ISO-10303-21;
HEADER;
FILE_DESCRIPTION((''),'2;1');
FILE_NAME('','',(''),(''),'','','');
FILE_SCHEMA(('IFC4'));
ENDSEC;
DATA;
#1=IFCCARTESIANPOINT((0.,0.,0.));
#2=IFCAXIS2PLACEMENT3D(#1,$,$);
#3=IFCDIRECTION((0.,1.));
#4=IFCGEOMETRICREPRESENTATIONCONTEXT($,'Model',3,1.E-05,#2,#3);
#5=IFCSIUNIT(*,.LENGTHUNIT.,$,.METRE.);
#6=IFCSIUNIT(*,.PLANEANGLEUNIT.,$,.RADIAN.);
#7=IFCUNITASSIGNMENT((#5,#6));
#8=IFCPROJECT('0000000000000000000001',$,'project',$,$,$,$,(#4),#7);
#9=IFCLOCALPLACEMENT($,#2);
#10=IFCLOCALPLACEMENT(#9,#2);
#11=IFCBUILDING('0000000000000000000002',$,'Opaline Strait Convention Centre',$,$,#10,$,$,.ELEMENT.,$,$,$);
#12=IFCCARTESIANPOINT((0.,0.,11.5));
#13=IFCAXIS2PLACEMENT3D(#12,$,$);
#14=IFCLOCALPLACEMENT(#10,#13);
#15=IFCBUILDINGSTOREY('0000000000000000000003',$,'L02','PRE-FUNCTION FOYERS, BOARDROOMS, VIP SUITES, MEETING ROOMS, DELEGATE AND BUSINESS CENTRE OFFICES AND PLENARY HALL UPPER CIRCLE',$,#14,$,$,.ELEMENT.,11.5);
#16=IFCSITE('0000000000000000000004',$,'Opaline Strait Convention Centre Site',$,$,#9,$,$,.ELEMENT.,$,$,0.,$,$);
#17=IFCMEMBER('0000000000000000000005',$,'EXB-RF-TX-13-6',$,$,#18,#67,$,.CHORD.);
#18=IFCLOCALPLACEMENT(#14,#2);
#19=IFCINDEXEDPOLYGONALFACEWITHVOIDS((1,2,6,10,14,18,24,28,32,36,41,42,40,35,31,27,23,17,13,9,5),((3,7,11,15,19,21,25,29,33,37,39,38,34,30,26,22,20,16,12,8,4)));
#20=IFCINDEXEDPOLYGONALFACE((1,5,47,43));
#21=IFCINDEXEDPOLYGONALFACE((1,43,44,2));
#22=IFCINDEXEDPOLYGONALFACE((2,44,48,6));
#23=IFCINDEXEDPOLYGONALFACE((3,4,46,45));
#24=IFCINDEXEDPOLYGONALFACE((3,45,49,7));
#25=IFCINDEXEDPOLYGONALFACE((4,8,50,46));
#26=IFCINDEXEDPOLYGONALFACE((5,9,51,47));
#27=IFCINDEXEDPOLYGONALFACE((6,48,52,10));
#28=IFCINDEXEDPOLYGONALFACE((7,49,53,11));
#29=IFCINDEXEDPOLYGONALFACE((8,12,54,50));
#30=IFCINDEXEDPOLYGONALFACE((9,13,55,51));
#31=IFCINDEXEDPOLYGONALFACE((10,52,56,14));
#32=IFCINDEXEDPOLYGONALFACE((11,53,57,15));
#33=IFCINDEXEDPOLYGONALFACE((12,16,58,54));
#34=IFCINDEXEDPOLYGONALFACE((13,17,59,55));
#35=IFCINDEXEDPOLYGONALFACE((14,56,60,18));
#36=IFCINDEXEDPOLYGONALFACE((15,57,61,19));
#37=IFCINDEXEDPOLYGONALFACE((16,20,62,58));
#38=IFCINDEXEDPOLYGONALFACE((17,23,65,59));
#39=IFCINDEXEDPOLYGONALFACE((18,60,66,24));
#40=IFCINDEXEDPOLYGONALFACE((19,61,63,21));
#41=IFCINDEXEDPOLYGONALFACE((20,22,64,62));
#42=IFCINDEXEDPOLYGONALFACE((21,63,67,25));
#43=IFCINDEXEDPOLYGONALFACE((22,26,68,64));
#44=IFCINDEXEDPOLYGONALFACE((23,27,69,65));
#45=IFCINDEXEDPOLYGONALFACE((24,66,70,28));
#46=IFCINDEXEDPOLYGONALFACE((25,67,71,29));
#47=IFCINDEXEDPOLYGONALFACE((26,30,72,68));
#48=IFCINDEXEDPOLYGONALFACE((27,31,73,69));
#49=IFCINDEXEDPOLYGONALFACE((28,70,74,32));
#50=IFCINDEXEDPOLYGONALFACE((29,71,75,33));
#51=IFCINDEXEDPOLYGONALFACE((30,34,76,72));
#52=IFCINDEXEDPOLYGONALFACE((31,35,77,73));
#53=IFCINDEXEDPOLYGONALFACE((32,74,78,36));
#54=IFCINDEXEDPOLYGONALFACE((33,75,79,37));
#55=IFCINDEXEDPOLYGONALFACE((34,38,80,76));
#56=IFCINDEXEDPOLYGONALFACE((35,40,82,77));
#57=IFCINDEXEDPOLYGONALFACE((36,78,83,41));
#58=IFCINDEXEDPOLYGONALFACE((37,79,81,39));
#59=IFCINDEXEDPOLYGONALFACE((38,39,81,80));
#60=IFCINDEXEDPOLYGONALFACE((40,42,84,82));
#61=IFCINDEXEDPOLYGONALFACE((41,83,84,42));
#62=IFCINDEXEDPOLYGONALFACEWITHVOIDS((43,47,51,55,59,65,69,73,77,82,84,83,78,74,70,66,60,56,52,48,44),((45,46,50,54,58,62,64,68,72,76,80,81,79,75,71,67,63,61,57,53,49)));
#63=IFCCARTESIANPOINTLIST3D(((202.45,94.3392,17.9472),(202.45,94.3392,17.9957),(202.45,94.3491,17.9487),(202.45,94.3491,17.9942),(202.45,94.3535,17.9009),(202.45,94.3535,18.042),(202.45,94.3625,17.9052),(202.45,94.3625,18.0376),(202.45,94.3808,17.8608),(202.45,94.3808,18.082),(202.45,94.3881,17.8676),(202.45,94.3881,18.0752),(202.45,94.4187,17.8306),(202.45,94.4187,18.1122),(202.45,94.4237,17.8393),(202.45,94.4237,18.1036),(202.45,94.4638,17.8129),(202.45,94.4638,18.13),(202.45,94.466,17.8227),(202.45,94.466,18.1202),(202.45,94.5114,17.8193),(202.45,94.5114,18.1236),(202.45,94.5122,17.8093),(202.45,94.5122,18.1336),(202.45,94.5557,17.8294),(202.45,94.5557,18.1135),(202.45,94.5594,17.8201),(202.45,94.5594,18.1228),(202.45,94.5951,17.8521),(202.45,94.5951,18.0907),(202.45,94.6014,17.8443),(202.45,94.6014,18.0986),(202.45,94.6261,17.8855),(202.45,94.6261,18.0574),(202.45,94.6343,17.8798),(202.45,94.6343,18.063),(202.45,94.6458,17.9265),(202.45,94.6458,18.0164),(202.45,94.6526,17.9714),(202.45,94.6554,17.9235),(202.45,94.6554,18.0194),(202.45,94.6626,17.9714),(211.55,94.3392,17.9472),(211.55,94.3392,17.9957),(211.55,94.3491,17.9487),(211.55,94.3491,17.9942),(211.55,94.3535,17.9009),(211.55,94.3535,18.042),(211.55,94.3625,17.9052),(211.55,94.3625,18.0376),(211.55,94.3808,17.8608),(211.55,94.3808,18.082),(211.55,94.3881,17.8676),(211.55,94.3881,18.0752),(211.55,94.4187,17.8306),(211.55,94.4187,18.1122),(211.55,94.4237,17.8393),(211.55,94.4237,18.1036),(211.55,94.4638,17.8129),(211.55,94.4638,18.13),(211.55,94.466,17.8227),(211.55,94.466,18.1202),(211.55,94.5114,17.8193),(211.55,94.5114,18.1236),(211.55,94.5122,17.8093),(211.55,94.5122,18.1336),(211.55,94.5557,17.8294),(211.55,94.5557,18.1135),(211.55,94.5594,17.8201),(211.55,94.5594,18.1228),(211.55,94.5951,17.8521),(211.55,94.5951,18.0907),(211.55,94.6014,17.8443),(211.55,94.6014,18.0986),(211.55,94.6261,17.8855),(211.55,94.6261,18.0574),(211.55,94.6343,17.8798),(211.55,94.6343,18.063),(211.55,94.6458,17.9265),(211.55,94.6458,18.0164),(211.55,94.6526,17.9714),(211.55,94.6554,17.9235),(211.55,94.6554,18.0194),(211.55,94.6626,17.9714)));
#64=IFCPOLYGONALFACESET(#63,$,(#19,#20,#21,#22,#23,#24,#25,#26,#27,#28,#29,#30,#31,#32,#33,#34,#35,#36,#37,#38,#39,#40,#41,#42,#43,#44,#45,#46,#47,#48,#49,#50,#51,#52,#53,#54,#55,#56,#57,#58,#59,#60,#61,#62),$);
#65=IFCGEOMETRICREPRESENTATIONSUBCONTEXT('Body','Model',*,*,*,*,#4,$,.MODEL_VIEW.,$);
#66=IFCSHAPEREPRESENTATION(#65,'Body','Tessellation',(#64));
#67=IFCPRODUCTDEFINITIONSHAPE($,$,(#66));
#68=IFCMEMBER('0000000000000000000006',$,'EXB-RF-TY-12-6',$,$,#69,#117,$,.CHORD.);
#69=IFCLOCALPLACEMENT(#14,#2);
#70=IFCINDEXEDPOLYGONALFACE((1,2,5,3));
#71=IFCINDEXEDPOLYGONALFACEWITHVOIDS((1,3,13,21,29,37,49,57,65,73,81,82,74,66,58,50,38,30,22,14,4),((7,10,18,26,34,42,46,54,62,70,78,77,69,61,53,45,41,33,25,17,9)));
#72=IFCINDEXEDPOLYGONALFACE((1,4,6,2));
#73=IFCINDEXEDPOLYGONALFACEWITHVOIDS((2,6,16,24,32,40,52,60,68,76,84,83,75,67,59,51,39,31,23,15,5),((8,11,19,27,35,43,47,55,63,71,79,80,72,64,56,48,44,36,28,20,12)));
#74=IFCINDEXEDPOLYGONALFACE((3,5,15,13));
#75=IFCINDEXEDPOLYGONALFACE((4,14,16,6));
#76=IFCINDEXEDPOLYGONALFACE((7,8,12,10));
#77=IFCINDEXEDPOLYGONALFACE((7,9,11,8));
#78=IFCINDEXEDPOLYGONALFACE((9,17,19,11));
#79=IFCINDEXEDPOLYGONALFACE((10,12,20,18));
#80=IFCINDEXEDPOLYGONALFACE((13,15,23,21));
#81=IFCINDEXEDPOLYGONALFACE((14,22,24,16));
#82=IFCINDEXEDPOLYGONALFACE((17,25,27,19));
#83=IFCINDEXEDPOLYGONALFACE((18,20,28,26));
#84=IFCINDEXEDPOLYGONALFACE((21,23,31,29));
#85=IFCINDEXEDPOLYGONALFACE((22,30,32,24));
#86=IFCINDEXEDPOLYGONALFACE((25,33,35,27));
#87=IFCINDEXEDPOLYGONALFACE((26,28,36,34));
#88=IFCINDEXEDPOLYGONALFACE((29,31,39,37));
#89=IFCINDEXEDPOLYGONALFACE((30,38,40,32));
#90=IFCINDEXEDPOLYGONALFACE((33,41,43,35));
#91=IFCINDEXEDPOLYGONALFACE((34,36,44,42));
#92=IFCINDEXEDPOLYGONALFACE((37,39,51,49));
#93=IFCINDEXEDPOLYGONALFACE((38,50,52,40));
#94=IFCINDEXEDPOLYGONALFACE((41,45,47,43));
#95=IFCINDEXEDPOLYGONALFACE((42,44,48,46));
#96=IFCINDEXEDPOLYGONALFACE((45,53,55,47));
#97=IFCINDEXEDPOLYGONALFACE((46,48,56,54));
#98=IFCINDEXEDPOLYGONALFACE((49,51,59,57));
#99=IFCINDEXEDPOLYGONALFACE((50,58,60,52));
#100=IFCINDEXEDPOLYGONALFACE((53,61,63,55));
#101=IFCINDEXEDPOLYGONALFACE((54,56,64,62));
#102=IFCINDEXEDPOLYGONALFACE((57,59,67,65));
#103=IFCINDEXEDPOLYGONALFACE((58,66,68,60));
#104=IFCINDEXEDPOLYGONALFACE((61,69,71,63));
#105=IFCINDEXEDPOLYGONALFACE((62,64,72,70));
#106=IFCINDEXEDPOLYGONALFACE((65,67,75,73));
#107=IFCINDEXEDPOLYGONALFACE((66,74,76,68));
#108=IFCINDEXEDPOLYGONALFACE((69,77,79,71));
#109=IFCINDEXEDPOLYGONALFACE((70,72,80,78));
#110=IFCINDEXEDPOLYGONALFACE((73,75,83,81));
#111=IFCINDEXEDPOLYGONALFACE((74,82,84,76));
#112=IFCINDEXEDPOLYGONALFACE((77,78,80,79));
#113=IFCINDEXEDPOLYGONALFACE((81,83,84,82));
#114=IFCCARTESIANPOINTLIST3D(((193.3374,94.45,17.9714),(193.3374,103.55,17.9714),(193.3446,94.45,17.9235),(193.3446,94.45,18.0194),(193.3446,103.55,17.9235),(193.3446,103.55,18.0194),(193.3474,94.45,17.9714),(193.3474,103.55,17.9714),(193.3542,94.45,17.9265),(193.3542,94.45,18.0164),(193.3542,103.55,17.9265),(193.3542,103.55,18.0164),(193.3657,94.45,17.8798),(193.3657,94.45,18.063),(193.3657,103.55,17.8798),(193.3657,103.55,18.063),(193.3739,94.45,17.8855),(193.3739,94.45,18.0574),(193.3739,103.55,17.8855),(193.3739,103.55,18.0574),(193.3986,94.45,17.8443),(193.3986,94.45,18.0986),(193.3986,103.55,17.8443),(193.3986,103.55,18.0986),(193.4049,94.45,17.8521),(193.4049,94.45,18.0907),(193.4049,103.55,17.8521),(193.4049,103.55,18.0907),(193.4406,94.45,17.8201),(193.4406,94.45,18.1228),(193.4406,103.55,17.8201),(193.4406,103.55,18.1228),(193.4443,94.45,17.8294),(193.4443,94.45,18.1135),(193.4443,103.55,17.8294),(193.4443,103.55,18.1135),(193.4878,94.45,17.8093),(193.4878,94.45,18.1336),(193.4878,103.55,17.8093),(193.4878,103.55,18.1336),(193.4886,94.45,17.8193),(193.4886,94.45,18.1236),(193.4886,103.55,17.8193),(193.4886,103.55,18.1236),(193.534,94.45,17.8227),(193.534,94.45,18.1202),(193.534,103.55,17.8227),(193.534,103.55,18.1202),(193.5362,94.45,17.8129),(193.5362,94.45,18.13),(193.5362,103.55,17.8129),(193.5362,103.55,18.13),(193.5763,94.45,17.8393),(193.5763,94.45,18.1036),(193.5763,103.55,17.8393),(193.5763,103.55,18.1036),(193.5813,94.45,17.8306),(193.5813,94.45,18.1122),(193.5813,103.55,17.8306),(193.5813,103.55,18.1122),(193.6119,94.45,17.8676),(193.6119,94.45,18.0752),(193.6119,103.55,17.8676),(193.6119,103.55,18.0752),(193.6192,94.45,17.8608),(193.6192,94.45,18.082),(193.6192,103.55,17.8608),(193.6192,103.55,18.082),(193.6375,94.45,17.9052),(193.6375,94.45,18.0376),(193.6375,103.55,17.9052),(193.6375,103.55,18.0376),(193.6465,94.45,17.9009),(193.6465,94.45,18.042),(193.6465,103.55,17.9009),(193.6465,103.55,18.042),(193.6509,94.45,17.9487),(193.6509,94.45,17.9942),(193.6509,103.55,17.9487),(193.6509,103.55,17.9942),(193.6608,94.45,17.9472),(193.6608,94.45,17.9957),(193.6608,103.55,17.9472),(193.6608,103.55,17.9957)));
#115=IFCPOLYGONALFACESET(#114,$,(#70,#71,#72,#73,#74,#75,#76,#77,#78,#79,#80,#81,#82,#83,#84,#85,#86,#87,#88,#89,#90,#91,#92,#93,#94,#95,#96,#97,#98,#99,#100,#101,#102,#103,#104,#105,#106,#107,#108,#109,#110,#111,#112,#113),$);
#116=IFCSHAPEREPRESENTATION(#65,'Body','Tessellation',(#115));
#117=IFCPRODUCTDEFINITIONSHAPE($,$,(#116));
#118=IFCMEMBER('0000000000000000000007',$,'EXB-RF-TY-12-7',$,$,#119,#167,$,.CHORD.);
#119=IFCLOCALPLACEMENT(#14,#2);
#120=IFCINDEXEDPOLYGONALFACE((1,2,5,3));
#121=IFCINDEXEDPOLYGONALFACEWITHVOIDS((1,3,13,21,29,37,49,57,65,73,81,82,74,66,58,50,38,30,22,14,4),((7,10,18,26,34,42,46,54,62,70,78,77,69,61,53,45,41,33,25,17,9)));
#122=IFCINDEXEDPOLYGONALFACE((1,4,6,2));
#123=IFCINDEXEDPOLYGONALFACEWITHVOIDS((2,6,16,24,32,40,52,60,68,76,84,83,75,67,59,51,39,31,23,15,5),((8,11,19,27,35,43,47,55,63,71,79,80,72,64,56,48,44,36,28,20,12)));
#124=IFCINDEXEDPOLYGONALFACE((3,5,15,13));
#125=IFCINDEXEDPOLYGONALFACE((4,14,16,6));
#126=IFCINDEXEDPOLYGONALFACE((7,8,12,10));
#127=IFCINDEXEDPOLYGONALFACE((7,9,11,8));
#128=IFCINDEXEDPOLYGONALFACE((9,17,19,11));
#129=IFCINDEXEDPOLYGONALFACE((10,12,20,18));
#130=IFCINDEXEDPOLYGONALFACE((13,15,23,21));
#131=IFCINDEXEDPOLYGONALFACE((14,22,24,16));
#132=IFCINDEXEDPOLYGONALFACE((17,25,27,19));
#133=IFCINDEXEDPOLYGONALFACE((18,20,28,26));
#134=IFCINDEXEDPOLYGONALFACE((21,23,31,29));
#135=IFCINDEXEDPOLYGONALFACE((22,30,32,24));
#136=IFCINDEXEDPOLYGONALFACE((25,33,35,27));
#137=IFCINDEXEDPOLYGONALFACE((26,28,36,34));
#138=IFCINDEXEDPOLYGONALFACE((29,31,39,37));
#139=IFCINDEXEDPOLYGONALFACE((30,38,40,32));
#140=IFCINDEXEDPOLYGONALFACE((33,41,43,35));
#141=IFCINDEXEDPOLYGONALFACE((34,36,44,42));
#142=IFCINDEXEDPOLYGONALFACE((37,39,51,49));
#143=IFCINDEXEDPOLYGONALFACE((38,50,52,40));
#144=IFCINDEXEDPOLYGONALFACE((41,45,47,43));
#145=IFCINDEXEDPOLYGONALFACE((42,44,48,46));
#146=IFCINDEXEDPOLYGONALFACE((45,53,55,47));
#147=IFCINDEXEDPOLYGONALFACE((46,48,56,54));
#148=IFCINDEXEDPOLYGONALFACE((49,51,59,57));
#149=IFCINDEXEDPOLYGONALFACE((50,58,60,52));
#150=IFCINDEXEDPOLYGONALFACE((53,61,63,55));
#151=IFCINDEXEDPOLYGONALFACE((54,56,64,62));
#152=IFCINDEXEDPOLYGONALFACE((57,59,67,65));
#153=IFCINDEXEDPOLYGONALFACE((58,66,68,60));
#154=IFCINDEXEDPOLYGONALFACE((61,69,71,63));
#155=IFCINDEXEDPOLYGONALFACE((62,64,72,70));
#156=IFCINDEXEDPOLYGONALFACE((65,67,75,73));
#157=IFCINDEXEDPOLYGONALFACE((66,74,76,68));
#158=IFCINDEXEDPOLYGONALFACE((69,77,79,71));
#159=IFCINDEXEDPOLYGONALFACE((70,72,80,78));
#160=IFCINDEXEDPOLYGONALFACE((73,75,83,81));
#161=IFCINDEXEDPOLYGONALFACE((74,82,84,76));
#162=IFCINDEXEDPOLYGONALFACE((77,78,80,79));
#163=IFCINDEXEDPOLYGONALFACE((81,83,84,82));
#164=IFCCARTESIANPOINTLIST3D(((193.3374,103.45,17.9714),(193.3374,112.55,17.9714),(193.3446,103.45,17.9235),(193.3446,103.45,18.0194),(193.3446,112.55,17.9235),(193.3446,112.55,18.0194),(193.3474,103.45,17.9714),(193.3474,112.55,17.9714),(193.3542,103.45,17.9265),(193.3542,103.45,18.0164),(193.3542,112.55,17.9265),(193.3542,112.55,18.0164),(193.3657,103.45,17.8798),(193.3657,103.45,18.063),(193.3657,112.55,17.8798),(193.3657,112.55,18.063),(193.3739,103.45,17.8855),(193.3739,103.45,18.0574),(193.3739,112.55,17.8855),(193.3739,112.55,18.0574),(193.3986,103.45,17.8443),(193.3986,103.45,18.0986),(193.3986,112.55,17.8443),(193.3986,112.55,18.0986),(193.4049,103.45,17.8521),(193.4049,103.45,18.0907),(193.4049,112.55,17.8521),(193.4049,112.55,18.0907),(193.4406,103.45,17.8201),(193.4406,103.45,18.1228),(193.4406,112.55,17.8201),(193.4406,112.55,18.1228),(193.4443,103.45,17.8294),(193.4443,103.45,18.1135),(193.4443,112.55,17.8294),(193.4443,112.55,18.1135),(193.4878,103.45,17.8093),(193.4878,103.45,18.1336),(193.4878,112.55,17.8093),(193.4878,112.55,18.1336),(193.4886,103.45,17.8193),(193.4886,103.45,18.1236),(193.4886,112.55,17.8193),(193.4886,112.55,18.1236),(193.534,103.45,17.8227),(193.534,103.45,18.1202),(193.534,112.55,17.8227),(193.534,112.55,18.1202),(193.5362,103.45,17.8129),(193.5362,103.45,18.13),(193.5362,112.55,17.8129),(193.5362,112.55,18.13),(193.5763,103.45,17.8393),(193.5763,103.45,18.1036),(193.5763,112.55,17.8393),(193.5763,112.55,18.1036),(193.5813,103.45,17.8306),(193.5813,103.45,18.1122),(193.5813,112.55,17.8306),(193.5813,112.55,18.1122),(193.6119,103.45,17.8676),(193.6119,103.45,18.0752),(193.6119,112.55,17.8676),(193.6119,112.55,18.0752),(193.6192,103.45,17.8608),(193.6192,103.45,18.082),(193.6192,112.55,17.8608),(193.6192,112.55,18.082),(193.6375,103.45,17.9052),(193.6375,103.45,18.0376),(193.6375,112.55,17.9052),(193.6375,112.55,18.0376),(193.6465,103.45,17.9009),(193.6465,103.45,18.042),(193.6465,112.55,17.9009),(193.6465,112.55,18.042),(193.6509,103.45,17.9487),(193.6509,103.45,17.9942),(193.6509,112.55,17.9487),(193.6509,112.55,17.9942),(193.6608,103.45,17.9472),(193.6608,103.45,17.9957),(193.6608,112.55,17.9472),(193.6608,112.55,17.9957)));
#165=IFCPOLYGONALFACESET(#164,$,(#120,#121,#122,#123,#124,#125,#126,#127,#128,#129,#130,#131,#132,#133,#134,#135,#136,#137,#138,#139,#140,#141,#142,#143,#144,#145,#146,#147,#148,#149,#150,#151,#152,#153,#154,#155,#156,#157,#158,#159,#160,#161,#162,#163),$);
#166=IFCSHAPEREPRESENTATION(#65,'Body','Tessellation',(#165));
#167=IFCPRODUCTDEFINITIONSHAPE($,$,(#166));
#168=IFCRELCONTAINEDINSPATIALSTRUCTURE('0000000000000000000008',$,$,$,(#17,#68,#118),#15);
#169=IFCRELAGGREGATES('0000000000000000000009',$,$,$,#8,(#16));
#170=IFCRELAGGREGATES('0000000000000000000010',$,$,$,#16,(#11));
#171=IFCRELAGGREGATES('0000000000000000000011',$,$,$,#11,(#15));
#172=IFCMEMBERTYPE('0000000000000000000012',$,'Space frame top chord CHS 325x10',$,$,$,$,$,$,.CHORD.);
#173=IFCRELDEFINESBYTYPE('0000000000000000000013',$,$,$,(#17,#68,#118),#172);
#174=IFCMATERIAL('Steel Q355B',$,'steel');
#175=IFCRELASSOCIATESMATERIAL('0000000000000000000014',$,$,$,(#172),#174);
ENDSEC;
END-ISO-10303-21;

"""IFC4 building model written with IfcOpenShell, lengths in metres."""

from ifc_helpers import new_model, si_unit, direction, frame, origin, origin_2d, place, context, subcontext, project, spatial, hollow_circle, extrude, material, material_profile, profile_set, type_object, element, save


model = new_model("IFC4")

# Units and contexts
model_context = context("Model", 3, precision=1e-05, world=origin(), true_north=direction((0.0, 1.0)))
body_context = subcontext(model_context, "Body", "Model", "MODEL_VIEW")
ifc_project = project(units=[si_unit("LENGTHUNIT", "METRE"), si_unit("PLANEANGLEUNIT", "RADIAN")], contexts=[model_context])

# Site, building, storey
site_placement = place(None, origin())
site = spatial("IfcSite", under=ifc_project, at=site_placement, Name="Opaline Strait Convention Centre Site", CompositionType="ELEMENT", RefElevation=0.0)
building_placement = place(site_placement, origin())
building = spatial("IfcBuilding", under=site, at=building_placement, Name="Opaline Strait Convention Centre", CompositionType="ELEMENT")
storey_placement = place(building_placement, frame((0.0, 0.0, 11.5)))
storey = spatial("IfcBuildingStorey", under=building, at=storey_placement, Name="L02", Description="PRE-FUNCTION FOYERS, BOARDROOMS, VIP SUITES, MEETING ROOMS, DELEGATE AND BUSINESS CENTRE OFFICES AND PLENARY HALL UPPER CIRCLE", CompositionType="ELEMENT", Elevation=11.5)

# Members
ifc_material = material(Name="Steel Q355B", Category="steel")
ifc_material_profile_1 = material_profile(ifc_material, hollow_circle(Radius=0.1626, WallThickness=0.01, at=origin_2d()), Name="CHS 325x10")
ifc_profile_set_1 = profile_set([ifc_material_profile_1], Name="Steel Q355B")
member_type_1 = type_object("IfcMemberType", Name="Space frame top chord CHS 325x10", PredefinedType="CHORD", material=ifc_profile_set_1)
for number, where, z_axis, x_axis, name in (
    (1, (202.45, 94.5, 17.9714), (1.0, 0.0, 0.0), (0.0, 1.0, 0.0), "EXB-RF-TX-13-6"),
    (2, (193.5, 94.45, 17.9714), (0.0, 1.0, 0.0), (-1.0, 0.0, 0.0), "EXB-RF-TY-12-6"),
    (3, (193.5, 103.45, 17.9714), (0.0, 1.0, 0.0), (-1.0, 0.0, 0.0), "EXB-RF-TY-12-7"),
):
    element("IfcMember", number, at=place(storey_placement, frame(where, z_axis=z_axis, x_axis=x_axis)), inside=storey, type_object=member_type_1, Name=name, PredefinedType="CHORD", context=body_context, shape_type="SweptSolid", body=[
        extrude(hollow_circle(Radius=0.1626, WallThickness=0.01, at=origin_2d()), origin(), (0.0, 0.0, 1.0), 9.1001),
    ])

save(model, "model.ifc")
